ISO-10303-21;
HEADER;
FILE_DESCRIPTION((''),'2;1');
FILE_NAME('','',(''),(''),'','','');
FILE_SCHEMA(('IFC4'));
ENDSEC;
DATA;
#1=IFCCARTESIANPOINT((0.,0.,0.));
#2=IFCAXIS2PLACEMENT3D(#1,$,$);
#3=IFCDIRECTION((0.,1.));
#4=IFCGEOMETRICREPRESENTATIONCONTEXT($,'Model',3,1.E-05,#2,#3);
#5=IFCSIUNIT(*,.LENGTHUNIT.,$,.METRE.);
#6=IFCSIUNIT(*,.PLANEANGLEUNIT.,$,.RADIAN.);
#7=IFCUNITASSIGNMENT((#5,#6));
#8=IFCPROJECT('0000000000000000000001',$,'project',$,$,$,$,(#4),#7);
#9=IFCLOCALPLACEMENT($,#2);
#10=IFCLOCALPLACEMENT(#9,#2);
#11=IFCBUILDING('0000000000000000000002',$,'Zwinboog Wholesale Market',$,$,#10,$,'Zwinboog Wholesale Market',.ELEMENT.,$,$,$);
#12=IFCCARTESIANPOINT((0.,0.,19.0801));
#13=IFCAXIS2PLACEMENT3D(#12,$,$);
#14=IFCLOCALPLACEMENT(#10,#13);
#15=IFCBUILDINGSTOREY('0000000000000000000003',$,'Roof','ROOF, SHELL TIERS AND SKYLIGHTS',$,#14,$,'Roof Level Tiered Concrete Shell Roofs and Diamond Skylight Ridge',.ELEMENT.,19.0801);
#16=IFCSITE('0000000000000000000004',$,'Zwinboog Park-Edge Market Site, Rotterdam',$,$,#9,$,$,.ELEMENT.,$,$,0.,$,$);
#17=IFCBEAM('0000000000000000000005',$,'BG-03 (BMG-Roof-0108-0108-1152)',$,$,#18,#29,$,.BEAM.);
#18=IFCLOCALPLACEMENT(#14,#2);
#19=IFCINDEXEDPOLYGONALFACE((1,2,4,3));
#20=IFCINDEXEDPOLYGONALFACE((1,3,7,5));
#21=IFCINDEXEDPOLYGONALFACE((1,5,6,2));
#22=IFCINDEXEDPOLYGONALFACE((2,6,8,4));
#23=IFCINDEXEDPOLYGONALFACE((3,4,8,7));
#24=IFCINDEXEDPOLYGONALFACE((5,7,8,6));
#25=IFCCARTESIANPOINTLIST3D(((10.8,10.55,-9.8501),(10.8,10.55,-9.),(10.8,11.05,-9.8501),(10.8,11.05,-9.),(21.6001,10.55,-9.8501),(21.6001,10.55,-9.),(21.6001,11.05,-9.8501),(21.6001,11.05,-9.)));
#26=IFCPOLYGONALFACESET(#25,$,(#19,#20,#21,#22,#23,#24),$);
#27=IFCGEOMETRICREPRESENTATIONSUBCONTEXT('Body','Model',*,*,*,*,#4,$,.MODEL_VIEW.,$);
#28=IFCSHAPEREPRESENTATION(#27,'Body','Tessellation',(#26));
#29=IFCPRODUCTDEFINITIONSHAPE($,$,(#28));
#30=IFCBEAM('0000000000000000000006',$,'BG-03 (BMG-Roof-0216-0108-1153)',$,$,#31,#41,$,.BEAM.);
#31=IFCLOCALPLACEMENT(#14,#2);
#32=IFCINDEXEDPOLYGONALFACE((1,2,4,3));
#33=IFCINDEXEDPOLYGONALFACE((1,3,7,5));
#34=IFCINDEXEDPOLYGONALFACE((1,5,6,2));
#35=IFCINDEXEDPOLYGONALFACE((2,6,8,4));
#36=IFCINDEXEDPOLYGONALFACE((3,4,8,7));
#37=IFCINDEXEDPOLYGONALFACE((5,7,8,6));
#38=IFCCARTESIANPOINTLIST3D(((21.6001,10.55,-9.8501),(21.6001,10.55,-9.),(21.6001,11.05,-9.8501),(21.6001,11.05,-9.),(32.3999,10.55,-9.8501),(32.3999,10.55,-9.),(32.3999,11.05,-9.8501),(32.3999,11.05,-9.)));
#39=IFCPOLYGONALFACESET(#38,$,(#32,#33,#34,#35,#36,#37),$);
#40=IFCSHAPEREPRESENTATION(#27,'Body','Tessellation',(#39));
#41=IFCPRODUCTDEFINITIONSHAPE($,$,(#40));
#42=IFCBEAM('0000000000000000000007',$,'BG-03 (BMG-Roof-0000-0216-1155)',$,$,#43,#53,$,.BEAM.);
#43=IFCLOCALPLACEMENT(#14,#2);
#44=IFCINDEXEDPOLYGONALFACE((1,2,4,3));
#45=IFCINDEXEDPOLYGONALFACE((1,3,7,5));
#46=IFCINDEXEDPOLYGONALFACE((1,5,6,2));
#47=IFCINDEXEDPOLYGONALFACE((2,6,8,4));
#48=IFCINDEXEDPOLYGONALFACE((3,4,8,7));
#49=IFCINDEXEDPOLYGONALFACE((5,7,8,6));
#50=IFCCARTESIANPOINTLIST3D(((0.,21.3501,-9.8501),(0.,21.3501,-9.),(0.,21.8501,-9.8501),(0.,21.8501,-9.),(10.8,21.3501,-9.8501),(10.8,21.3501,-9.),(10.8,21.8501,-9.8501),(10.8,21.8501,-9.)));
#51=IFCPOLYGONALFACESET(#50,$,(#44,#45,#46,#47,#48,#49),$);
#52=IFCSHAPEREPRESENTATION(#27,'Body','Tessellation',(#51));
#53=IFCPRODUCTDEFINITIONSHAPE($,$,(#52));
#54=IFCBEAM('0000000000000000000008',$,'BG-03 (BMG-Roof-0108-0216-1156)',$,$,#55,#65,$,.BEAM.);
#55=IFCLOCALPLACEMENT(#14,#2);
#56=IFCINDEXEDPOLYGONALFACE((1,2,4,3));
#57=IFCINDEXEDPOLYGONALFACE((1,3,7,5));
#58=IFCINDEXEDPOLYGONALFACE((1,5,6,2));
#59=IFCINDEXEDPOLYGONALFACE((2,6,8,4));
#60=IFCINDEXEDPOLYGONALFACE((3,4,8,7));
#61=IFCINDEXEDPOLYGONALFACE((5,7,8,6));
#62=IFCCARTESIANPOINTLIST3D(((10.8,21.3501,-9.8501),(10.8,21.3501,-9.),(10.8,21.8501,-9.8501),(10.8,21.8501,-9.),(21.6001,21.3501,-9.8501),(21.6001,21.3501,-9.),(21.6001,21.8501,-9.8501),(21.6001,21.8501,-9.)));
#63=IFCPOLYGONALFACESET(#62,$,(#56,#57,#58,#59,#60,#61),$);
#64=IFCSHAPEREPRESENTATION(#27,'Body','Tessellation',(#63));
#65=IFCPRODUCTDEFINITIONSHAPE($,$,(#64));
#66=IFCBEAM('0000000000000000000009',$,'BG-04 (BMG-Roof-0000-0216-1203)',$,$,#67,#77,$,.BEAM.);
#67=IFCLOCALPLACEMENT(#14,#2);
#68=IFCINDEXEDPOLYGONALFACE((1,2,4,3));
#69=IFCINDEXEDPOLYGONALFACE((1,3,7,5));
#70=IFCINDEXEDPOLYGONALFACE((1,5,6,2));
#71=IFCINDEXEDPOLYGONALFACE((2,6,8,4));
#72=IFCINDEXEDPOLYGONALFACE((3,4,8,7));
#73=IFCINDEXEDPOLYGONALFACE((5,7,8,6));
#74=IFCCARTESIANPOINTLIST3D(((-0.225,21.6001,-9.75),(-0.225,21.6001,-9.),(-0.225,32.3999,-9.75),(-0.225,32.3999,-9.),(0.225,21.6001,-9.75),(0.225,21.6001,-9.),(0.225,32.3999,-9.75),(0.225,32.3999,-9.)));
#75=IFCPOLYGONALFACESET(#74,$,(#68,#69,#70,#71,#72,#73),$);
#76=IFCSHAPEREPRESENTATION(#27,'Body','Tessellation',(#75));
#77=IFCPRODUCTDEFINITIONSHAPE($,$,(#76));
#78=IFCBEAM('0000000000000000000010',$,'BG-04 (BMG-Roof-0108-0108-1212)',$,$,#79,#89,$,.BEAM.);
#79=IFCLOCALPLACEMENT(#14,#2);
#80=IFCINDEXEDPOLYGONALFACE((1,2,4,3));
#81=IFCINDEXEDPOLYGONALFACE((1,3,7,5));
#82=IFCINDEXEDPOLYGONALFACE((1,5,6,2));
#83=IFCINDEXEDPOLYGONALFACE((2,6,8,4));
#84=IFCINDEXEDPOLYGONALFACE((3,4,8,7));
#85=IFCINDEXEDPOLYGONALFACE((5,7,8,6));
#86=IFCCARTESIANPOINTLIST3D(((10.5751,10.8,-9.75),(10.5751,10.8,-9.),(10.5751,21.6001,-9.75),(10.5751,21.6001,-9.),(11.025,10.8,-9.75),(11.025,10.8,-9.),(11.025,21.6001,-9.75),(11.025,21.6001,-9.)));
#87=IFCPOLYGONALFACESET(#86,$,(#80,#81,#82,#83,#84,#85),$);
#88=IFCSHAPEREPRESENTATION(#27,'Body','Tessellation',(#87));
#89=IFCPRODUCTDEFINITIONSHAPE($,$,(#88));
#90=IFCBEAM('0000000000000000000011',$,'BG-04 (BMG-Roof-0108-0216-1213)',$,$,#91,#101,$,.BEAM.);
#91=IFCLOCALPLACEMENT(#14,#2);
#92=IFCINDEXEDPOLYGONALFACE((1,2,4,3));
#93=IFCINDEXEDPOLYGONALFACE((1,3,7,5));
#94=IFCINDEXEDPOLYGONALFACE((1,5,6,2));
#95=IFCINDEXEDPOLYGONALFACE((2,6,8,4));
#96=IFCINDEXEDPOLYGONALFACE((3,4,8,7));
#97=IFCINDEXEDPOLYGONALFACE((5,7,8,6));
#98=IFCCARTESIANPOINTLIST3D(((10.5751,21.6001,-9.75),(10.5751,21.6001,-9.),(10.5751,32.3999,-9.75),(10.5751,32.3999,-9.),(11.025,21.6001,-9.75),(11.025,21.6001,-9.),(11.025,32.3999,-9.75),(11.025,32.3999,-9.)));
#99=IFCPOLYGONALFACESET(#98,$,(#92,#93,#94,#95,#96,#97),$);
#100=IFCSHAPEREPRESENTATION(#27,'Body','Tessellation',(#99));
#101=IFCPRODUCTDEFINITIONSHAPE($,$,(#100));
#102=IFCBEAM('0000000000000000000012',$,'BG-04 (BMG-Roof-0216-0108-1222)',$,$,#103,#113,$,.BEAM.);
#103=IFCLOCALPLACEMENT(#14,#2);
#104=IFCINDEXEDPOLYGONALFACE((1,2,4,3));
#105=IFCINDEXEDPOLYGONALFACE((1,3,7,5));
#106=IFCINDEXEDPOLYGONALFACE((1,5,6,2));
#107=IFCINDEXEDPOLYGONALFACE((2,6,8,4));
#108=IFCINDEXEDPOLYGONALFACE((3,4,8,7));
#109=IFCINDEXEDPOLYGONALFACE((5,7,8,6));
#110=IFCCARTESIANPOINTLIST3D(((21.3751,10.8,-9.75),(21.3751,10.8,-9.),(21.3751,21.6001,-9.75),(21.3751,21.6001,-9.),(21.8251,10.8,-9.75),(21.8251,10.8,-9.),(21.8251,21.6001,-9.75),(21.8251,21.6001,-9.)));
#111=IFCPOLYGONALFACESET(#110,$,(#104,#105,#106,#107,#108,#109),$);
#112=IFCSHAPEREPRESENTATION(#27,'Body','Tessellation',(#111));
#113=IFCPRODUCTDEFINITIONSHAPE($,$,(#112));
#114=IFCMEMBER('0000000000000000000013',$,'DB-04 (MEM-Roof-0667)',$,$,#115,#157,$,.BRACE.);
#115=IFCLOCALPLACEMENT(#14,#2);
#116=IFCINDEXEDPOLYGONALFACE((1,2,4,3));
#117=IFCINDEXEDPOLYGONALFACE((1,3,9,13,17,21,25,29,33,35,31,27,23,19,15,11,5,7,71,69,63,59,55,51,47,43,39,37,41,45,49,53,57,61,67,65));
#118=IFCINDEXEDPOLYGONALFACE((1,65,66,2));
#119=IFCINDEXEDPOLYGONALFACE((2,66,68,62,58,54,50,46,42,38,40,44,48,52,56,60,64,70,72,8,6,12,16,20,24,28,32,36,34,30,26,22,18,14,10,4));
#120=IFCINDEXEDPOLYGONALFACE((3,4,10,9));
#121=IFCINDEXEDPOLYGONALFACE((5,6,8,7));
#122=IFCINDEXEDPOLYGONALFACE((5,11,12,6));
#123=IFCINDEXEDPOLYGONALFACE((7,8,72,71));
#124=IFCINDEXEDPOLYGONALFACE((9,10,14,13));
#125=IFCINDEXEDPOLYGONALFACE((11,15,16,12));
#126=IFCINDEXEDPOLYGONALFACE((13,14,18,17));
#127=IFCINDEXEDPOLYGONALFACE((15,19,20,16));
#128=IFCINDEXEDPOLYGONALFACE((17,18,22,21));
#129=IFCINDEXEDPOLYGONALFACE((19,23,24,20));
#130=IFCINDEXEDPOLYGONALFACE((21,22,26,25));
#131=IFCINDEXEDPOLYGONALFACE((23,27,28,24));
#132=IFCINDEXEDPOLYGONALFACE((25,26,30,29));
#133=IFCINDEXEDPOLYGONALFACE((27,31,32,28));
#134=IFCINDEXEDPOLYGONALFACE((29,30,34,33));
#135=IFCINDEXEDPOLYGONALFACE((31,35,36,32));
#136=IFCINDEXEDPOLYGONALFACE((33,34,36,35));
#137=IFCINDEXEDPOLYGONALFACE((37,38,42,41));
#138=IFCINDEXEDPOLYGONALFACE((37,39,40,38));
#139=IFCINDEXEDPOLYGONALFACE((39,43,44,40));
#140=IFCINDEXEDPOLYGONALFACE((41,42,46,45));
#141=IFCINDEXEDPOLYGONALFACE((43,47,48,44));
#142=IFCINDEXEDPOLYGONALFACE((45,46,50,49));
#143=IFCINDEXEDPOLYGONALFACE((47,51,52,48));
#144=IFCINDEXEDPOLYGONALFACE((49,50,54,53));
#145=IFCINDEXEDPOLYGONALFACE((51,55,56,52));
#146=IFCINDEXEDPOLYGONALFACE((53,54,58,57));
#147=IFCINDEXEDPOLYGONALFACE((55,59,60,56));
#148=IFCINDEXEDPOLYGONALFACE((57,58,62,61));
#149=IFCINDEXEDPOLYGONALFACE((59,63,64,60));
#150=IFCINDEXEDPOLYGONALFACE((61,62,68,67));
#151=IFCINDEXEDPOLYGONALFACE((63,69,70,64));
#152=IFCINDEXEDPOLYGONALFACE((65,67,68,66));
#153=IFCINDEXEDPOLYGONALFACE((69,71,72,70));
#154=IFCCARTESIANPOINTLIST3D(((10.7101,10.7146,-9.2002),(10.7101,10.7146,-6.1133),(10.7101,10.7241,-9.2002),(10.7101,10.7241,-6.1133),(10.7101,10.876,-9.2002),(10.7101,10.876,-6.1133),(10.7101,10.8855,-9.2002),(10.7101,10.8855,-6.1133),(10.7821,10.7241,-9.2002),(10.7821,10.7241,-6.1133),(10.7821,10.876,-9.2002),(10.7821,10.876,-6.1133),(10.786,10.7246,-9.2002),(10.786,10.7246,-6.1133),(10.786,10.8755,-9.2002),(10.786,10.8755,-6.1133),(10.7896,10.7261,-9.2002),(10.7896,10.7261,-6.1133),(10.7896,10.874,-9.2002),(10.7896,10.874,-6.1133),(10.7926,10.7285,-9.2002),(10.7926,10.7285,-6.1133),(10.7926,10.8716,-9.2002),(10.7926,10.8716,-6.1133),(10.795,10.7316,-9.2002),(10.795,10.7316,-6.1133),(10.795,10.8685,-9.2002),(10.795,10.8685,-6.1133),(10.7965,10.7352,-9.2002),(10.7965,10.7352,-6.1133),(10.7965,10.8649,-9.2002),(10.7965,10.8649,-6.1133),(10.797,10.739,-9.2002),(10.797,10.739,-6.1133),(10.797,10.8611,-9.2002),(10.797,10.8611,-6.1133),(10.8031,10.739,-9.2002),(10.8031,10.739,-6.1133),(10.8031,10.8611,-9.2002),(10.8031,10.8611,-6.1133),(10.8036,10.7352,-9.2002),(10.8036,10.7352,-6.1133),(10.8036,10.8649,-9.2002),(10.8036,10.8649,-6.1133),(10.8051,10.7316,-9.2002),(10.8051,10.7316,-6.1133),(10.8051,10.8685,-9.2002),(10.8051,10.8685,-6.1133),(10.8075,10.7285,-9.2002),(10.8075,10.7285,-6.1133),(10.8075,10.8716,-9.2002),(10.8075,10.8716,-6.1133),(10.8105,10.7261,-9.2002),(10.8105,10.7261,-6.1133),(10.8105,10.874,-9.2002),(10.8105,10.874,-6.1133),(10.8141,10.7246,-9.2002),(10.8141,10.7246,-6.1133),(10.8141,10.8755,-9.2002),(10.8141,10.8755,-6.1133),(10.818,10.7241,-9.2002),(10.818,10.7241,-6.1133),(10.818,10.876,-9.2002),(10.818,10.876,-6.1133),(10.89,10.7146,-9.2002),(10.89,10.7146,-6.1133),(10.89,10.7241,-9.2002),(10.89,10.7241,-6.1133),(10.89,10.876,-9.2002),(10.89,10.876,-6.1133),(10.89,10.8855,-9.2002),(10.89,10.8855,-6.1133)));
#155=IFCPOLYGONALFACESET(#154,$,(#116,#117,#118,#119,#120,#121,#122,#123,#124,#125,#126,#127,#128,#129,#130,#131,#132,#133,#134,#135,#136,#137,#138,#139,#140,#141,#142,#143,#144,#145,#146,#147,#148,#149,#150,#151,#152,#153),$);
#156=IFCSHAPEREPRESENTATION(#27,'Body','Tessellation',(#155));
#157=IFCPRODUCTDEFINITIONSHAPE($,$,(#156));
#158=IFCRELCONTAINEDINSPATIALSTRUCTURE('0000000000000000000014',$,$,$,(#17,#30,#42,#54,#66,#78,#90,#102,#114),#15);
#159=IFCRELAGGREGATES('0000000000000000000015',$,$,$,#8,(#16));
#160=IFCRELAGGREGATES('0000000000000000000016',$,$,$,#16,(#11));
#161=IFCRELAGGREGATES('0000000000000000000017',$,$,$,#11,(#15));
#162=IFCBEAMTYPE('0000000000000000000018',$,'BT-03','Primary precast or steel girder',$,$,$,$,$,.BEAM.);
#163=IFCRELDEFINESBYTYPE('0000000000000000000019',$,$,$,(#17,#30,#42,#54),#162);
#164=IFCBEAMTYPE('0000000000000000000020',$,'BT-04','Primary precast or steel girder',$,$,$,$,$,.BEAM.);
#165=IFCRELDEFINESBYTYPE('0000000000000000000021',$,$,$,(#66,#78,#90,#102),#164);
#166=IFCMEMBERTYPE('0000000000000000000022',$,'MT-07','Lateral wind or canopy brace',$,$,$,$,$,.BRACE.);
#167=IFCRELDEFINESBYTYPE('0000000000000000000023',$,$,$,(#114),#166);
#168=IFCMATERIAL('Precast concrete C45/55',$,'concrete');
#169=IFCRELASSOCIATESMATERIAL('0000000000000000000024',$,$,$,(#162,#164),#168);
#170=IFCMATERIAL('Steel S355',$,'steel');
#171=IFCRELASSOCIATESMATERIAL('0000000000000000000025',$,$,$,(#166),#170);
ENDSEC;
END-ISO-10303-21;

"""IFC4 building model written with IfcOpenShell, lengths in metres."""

from ifc_helpers import new_model, si_unit, direction, frame, origin, origin_2d, place, context, subcontext, project, spatial, rectangle, i_section, extrude, material, material_profile, profile_set, type_object, element, save


model = new_model("IFC4")

# Units and contexts
model_context = context("Model", 3, precision=1e-05, world=origin(), true_north=direction((0.0, 1.0)))
body_context = subcontext(model_context, "Body", "Model", "MODEL_VIEW")
ifc_project = project(units=[si_unit("LENGTHUNIT", "METRE"), si_unit("PLANEANGLEUNIT", "RADIAN")], contexts=[model_context])

# Site, building, storey
site_placement = place(None, origin())
site = spatial("IfcSite", under=ifc_project, at=site_placement, Name="Zwinboog Park-Edge Market Site, Rotterdam", CompositionType="ELEMENT", RefElevation=0.0)
building_placement = place(site_placement, origin())
building = spatial("IfcBuilding", under=site, at=building_placement, Name="Zwinboog Wholesale Market", LongName="Zwinboog Wholesale Market", CompositionType="ELEMENT")
storey_placement = place(building_placement, frame((0.0, 0.0, 19.0801)))
storey = spatial("IfcBuildingStorey", under=building, at=storey_placement, Name="Roof", Description="ROOF, SHELL TIERS AND SKYLIGHTS", LongName="Roof Level Tiered Concrete Shell Roofs and Diamond Skylight Ridge", CompositionType="ELEMENT", Elevation=19.0801)

# Beams
ifc_material_1 = material(Name="Precast concrete C45/55", Category="concrete")
ifc_material_profile_1 = material_profile(ifc_material_1, rectangle(XDim=0.5, YDim=0.8501, at=origin_2d()), Name="PC 500x850")
ifc_profile_set_1 = profile_set([ifc_material_profile_1], Name="Precast concrete C45/55")
beam_type_1 = type_object("IfcBeamType", Name="BT-03", Description="Primary precast or steel girder", PredefinedType="BEAM", material=ifc_profile_set_1)
beam_1_placement = place(storey_placement, frame((10.8, 10.8, -9.425), z_axis=(1.0, 0.0, 0.0), x_axis=(0.0, 1.0, 0.0)))
element("IfcBeam", 1, at=beam_1_placement, inside=storey, type_object=beam_type_1, Name="BG-03 (BMG-Roof-0108-0108-1152)", PredefinedType="BEAM", context=body_context, shape_type="SweptSolid", body=[
    extrude(rectangle(XDim=0.5, YDim=0.8501, at=origin_2d()), origin(), (0.0, 0.0, 1.0), 10.8),
])
beam_2_placement = place(storey_placement, frame((21.6001, 10.8, -9.425), z_axis=(1.0, 0.0, 0.0), x_axis=(0.0, 1.0, 0.0)))
element("IfcBeam", 2, at=beam_2_placement, inside=storey, type_object=beam_type_1, Name="BG-03 (BMG-Roof-0216-0108-1153)", PredefinedType="BEAM", context=body_context, shape_type="SweptSolid", body=[
    extrude(rectangle(XDim=0.5, YDim=0.8501, at=origin_2d()), origin(), (0.0, 0.0, 1.0), 10.7998),
])
for number, where, z_axis, x_axis, name in (
    (3, (0.0, 21.6001, -9.425), (1.0, 0.0, 0.0), (0.0, 1.0, 0.0), "BG-03 (BMG-Roof-0000-0216-1155)"),
    (4, (10.8, 21.6001, -9.425), (1.0, 0.0, 0.0), (0.0, 1.0, 0.0), "BG-03 (BMG-Roof-0108-0216-1156)"),
):
    element("IfcBeam", number, at=place(storey_placement, frame(where, z_axis=z_axis, x_axis=x_axis)), inside=storey, type_object=beam_type_1, Name=name, PredefinedType="BEAM", context=body_context, shape_type="SweptSolid", body=[
        extrude(rectangle(XDim=0.5, YDim=0.8501, at=origin_2d()), origin(), (0.0, 0.0, 1.0), 10.8),
    ])
ifc_material_profile_2 = material_profile(ifc_material_1, rectangle(XDim=0.45, YDim=0.75, at=origin_2d()), Name="PC 450x750")
ifc_profile_set_2 = profile_set([ifc_material_profile_2], Name="Precast concrete C45/55")
beam_type_2 = type_object("IfcBeamType", Name="BT-04", Description="Primary precast or steel girder", PredefinedType="BEAM", material=ifc_profile_set_2)
beam_3_placement = place(storey_placement, frame((0.0, 21.6001, -9.375), z_axis=(0.0, 1.0, 0.0), x_axis=(-1.0, 0.0, 0.0)))
element("IfcBeam", 5, at=beam_3_placement, inside=storey, type_object=beam_type_2, Name="BG-04 (BMG-Roof-0000-0216-1203)", PredefinedType="BEAM", context=body_context, shape_type="SweptSolid", body=[
    extrude(rectangle(XDim=0.45, YDim=0.75, at=origin_2d()), origin(), (0.0, 0.0, 1.0), 10.7998),
])
beam_4_placement = place(storey_placement, frame((10.8, 10.8, -9.375), z_axis=(0.0, 1.0, 0.0), x_axis=(-1.0, 0.0, 0.0)))
element("IfcBeam", 6, at=beam_4_placement, inside=storey, type_object=beam_type_2, Name="BG-04 (BMG-Roof-0108-0108-1212)", PredefinedType="BEAM", context=body_context, shape_type="SweptSolid", body=[
    extrude(rectangle(XDim=0.45, YDim=0.75, at=origin_2d()), origin(), (0.0, 0.0, 1.0), 10.8),
])
beam_5_placement = place(storey_placement, frame((10.8, 21.6001, -9.375), z_axis=(0.0, 1.0, 0.0), x_axis=(-1.0, 0.0, 0.0)))
element("IfcBeam", 7, at=beam_5_placement, inside=storey, type_object=beam_type_2, Name="BG-04 (BMG-Roof-0108-0216-1213)", PredefinedType="BEAM", context=body_context, shape_type="SweptSolid", body=[
    extrude(rectangle(XDim=0.45, YDim=0.75, at=origin_2d()), origin(), (0.0, 0.0, 1.0), 10.7998),
])
beam_6_placement = place(storey_placement, frame((21.6001, 10.8, -9.375), z_axis=(0.0, 1.0, 0.0), x_axis=(-1.0, 0.0, 0.0)))
element("IfcBeam", 8, at=beam_6_placement, inside=storey, type_object=beam_type_2, Name="BG-04 (BMG-Roof-0216-0108-1222)", PredefinedType="BEAM", context=body_context, shape_type="SweptSolid", body=[
    extrude(rectangle(XDim=0.45, YDim=0.75, at=origin_2d()), origin(), (0.0, 0.0, 1.0), 10.8),
])

# Member
ifc_material_2 = material(Name="Steel S355", Category="steel")
ifc_material_profile_3 = material_profile(ifc_material_2, i_section(OverallWidth=0.1799, OverallDepth=0.1709, WebThickness=0.0061, FlangeThickness=0.0095, FilletRadius=0.0149, at=origin_2d()), Name="HEA 180")
ifc_profile_set_3 = profile_set([ifc_material_profile_3], Name="Steel S355")
member_type_1 = type_object("IfcMemberType", Name="MT-07", Description="Lateral wind or canopy brace", PredefinedType="BRACE", material=ifc_profile_set_3)
member_1_placement = place(storey_placement, frame((10.8, 10.8, -9.2002), z_axis=(0.0, 0.0, 1.0), x_axis=(1.0, 0.0, 0.0)))
element("IfcMember", 9, at=member_1_placement, inside=storey, type_object=member_type_1, Name="DB-04 (MEM-Roof-0667)", PredefinedType="BRACE", context=body_context, shape_type="SweptSolid", body=[
    extrude(i_section(OverallWidth=0.1799, OverallDepth=0.1709, WebThickness=0.0061, FlangeThickness=0.0095, FilletRadius=0.0149, at=origin_2d()), origin(), (0.0, 0.0, 1.0), 3.0869),
])

save(model, "model.ifc")
